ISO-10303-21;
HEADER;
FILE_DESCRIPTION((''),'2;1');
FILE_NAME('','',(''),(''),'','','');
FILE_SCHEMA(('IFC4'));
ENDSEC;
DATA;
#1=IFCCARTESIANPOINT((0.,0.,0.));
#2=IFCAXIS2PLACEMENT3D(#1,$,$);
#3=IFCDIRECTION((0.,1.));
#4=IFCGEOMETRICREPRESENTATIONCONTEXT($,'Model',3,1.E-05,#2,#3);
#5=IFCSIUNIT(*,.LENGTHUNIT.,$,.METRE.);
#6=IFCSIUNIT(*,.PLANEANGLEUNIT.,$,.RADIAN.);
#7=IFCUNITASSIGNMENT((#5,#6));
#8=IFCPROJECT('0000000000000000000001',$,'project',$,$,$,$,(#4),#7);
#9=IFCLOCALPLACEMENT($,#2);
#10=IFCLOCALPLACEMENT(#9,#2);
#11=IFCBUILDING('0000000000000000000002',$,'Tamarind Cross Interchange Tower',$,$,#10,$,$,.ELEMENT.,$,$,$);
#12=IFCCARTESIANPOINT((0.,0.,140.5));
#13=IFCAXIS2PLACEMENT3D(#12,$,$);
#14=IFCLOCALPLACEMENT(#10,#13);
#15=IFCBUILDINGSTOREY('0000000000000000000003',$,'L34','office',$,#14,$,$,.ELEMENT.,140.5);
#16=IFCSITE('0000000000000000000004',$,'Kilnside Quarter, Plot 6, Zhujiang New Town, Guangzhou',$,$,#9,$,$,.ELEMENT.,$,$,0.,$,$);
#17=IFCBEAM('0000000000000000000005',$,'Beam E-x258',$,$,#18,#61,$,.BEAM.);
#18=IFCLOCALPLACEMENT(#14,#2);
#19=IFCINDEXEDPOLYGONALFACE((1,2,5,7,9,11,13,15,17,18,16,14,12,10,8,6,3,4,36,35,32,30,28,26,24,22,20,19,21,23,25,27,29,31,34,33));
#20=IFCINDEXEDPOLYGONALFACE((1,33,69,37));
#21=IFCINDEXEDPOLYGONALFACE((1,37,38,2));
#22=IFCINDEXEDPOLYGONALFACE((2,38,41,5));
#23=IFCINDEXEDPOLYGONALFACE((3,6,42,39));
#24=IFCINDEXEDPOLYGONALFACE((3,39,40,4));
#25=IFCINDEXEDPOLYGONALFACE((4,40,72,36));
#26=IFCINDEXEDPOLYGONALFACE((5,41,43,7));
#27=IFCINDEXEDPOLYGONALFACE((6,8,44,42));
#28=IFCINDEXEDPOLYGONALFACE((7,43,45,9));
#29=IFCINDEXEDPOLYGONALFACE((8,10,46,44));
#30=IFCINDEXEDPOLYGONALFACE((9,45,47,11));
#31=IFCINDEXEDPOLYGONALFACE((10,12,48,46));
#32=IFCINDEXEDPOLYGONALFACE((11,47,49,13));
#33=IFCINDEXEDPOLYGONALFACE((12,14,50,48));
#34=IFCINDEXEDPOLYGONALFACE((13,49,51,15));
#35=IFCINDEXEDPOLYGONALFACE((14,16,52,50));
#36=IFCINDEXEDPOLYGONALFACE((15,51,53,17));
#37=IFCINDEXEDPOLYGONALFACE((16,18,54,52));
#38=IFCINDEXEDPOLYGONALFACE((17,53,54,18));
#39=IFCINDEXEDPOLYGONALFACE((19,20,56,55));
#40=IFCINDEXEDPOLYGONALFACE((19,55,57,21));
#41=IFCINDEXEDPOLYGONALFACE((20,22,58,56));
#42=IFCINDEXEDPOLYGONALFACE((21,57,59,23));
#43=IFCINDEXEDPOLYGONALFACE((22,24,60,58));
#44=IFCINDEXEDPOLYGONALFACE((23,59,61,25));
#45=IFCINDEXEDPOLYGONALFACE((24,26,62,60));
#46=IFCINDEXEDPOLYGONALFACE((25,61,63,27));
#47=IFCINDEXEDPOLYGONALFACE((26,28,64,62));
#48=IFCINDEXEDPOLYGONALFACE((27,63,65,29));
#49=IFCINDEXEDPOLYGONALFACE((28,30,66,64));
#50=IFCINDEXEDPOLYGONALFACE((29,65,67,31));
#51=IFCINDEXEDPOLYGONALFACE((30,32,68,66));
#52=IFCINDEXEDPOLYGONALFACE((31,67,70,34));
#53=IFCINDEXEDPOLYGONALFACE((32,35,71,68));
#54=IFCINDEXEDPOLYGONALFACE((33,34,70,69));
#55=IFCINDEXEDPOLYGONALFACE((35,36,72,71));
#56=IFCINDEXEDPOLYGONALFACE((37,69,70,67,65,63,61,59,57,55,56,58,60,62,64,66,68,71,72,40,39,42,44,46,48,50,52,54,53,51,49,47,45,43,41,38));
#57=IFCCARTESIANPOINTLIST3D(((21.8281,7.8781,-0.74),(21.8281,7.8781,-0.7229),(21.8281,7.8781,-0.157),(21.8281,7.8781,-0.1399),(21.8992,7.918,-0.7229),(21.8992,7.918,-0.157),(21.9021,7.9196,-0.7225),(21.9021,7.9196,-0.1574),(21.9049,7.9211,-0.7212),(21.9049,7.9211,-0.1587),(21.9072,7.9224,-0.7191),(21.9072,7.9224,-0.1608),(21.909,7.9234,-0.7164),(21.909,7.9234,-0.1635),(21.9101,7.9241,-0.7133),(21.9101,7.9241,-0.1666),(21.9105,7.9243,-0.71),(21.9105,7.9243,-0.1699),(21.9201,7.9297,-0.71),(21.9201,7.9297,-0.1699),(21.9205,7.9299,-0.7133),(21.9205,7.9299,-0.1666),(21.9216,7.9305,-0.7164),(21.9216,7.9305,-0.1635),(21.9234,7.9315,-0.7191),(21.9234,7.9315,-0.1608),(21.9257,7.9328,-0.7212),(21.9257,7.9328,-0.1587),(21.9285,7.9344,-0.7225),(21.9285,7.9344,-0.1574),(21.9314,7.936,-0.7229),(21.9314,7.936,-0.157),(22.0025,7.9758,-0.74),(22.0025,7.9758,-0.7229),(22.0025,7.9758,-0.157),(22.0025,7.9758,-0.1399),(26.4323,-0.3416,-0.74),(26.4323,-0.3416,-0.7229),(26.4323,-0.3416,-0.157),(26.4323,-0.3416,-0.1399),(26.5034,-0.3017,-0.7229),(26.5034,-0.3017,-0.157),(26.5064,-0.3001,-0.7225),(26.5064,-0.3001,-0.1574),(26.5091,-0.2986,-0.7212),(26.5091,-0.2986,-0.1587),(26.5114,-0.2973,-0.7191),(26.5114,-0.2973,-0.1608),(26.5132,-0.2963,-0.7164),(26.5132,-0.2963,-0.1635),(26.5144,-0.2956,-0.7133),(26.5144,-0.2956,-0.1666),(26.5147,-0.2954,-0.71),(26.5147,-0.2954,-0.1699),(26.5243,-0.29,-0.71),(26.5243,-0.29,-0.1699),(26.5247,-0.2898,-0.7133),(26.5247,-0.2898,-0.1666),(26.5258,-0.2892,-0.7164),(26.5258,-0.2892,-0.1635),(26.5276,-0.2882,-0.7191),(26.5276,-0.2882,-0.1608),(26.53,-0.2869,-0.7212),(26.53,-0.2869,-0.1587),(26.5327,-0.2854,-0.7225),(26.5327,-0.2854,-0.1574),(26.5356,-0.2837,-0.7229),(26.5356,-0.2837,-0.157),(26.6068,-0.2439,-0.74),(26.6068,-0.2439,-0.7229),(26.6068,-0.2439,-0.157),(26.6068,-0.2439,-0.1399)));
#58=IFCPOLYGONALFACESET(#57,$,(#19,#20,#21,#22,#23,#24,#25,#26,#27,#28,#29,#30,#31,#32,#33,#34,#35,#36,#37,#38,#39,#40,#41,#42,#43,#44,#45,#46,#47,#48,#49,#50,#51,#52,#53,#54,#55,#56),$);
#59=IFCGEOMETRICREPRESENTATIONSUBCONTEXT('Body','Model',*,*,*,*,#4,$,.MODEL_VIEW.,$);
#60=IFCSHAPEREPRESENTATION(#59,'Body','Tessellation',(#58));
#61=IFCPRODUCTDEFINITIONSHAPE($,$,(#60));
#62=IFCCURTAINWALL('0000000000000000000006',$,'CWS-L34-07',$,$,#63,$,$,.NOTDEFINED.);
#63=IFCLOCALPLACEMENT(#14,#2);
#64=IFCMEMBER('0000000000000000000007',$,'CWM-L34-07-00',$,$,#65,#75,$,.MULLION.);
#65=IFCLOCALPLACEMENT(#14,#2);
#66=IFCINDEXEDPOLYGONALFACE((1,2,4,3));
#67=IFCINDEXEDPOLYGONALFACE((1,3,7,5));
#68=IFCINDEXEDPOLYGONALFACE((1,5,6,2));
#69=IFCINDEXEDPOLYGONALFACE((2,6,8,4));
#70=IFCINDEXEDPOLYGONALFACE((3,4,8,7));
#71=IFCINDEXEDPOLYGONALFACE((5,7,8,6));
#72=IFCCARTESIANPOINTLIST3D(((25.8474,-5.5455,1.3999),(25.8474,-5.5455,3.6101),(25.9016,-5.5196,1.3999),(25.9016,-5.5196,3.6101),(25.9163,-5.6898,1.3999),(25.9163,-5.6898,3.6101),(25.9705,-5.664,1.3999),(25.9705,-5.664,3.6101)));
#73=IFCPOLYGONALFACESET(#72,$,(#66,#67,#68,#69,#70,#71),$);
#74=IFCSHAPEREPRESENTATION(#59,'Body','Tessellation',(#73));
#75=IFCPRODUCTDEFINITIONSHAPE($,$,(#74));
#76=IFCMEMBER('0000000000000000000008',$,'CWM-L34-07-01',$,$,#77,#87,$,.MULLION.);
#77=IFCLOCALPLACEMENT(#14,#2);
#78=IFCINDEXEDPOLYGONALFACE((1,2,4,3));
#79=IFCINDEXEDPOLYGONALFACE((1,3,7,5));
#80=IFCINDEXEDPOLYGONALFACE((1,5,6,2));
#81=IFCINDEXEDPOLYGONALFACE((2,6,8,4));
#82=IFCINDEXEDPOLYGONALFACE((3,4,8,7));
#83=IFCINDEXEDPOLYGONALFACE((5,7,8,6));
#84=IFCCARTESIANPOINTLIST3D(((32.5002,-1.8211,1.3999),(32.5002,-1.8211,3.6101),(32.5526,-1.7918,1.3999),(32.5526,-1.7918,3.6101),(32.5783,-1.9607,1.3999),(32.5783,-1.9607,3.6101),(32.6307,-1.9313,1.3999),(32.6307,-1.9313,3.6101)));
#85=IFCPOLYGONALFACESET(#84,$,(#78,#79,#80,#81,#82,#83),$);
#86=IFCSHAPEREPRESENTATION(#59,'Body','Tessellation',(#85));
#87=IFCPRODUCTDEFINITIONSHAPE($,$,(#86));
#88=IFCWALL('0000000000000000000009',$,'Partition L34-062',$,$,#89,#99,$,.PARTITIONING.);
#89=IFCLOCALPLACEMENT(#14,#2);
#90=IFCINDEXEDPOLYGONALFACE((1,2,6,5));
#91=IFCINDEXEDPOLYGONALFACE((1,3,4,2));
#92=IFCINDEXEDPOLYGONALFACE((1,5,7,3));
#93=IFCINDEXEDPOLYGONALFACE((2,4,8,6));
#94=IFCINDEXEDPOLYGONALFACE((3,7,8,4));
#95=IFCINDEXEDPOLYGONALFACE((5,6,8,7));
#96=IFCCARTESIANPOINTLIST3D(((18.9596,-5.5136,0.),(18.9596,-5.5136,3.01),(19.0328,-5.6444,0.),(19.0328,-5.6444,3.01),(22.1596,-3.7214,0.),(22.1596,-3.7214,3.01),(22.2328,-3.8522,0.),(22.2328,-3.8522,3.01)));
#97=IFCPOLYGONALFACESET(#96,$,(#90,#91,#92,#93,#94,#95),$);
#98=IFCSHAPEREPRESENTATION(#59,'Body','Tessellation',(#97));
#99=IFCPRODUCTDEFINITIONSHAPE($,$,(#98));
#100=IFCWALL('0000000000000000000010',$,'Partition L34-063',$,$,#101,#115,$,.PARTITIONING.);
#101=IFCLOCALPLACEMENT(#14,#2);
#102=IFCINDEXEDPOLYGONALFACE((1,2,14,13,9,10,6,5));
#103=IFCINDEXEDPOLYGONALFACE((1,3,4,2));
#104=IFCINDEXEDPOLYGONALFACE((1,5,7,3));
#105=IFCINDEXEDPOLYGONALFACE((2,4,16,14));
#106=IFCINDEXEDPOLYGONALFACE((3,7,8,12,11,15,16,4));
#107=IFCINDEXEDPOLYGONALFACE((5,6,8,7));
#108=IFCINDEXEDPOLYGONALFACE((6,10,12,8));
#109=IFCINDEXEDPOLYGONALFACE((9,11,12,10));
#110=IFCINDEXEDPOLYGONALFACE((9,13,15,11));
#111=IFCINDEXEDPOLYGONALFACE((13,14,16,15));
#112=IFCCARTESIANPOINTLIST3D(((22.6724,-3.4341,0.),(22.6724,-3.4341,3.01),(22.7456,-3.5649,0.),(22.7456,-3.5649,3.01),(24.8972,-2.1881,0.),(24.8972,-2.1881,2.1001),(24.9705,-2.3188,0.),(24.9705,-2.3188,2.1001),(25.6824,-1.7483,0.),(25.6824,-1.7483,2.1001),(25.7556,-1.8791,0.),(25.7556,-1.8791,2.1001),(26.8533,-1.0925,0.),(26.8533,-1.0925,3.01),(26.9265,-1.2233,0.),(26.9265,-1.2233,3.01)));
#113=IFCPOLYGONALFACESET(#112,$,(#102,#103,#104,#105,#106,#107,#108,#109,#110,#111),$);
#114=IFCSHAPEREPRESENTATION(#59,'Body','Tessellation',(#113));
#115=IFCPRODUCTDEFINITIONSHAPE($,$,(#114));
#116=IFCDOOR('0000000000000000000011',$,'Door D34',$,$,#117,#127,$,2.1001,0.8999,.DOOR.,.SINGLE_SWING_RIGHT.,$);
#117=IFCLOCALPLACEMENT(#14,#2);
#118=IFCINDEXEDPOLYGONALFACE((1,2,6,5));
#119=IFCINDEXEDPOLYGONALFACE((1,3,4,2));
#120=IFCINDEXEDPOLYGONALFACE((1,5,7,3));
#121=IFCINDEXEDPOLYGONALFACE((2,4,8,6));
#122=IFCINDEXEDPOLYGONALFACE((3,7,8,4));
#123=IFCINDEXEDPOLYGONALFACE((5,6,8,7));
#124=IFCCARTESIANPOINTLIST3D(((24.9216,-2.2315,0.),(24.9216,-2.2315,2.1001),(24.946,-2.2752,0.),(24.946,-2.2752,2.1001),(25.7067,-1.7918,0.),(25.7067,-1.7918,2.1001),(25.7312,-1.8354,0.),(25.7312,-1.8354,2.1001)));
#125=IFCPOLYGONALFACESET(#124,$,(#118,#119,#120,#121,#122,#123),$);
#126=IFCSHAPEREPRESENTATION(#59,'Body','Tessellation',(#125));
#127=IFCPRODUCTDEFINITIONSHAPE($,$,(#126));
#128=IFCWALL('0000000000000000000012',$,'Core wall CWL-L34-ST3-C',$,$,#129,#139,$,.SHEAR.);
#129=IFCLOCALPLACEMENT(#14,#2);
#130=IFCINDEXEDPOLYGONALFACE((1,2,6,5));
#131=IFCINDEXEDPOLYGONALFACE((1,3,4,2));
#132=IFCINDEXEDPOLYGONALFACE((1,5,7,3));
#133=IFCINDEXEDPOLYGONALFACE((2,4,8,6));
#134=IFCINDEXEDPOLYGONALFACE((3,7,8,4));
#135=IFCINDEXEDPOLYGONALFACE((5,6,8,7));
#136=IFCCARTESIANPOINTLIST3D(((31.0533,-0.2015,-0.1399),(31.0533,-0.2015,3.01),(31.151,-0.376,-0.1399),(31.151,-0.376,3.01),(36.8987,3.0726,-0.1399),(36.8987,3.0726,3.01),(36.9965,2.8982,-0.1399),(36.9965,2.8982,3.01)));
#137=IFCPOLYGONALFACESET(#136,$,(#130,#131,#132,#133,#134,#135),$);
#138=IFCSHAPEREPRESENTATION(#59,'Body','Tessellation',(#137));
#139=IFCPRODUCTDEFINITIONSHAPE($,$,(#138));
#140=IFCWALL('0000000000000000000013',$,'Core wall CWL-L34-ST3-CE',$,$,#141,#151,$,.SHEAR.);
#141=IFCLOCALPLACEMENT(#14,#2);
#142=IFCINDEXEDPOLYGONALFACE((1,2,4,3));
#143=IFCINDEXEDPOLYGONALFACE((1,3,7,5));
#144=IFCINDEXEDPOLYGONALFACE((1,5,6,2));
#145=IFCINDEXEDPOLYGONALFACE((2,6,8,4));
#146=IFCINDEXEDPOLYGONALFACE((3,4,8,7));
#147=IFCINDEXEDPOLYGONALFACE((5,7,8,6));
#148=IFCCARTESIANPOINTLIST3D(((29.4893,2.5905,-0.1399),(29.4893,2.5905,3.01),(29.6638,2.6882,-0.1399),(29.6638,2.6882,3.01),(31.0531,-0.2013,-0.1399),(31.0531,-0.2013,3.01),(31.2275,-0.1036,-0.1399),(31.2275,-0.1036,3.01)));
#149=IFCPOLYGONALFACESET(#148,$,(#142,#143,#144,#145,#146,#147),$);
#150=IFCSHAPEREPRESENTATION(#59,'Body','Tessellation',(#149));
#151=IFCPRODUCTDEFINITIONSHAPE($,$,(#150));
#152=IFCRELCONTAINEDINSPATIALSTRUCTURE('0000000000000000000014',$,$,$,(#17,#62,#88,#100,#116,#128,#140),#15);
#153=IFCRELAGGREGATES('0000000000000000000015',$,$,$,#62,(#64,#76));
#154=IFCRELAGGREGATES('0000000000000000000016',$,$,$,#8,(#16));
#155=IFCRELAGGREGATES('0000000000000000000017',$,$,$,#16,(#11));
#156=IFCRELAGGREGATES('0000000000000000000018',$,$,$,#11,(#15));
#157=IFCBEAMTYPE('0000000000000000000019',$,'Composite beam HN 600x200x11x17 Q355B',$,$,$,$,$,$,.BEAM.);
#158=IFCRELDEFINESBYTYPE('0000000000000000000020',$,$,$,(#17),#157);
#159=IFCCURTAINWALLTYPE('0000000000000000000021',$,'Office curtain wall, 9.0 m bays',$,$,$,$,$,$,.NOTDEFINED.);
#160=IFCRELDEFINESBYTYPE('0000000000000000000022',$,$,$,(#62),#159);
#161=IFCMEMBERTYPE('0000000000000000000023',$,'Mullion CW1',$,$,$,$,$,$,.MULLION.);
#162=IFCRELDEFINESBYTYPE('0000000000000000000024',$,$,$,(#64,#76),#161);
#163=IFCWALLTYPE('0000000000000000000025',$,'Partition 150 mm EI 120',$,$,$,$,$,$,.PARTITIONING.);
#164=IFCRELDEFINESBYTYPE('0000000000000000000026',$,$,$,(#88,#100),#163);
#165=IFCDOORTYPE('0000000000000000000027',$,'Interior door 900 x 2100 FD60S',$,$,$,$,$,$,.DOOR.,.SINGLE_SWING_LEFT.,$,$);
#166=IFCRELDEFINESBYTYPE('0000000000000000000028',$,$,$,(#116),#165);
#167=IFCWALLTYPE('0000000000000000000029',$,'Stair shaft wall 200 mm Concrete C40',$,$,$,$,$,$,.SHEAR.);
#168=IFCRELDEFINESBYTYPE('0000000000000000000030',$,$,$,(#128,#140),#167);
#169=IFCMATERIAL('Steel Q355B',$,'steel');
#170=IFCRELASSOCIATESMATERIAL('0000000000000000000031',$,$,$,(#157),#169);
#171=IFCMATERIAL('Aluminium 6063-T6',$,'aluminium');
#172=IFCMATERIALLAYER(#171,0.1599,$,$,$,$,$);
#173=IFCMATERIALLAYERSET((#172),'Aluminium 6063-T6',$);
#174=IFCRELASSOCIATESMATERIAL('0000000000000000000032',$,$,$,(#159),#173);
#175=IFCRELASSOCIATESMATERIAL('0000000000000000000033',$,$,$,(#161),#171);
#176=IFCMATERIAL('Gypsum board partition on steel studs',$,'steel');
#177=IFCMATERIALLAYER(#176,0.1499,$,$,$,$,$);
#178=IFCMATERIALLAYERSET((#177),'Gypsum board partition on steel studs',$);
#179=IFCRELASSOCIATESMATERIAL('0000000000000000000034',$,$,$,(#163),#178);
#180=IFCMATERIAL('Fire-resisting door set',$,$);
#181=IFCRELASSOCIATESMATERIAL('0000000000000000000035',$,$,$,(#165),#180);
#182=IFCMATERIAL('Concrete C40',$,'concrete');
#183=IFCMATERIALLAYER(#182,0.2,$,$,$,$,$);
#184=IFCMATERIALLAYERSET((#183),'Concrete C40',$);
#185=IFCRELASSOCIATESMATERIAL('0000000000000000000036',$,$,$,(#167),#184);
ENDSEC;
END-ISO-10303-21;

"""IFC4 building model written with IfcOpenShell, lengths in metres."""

from ifc_helpers import new_model, si_unit, direction, frame, frame_2d, origin, origin_2d, place, context, subcontext, project, spatial, rectangle, i_section, extrude, material, layer, layer_set, material_profile, profile_set, type_object, element, fill, aggregate, save


model = new_model("IFC4")

# Units and contexts
model_context = context("Model", 3, precision=1e-05, world=origin(), true_north=direction((0.0, 1.0)))
body_context = subcontext(model_context, "Body", "Model", "MODEL_VIEW")
ifc_project = project(units=[si_unit("LENGTHUNIT", "METRE"), si_unit("PLANEANGLEUNIT", "RADIAN")], contexts=[model_context])

# Site, building, storey
site_placement = place(None, origin())
site = spatial("IfcSite", under=ifc_project, at=site_placement, Name="Kilnside Quarter, Plot 6, Zhujiang New Town, Guangzhou", CompositionType="ELEMENT", RefElevation=0.0)
building_placement = place(site_placement, origin())
building = spatial("IfcBuilding", under=site, at=building_placement, Name="Tamarind Cross Interchange Tower", CompositionType="ELEMENT")
storey_placement = place(building_placement, frame((0.0, 0.0, 140.5)))
storey = spatial("IfcBuildingStorey", under=building, at=storey_placement, Name="L34", Description="office", CompositionType="ELEMENT", Elevation=140.5)

# Beam
ifc_material_1 = material(Name="Steel Q355B", Category="steel")
ifc_material_profile_1 = material_profile(ifc_material_1, i_section(OverallWidth=0.2, OverallDepth=0.6001, WebThickness=0.011, FlangeThickness=0.0171, FilletRadius=0.0129, at=origin_2d()), Name="HN 600x200x11x17")
ifc_profile_set_1 = profile_set([ifc_material_profile_1], Name="Steel Q355B")
beam_type_1 = type_object("IfcBeamType", Name="Composite beam HN 600x200x11x17 Q355B", PredefinedType="BEAM", material=ifc_profile_set_1)
beam_1_placement = place(storey_placement, frame((26.5195, -0.2927, -0.4399), z_axis=(-0.4887, 0.872452, 0.0), x_axis=(-0.872452, -0.4887, 0.0)))
element("IfcBeam", 1, at=beam_1_placement, inside=storey, type_object=beam_type_1, Name="Beam E-x258", PredefinedType="BEAM", context=body_context, shape_type="SweptSolid", body=[
    extrude(i_section(OverallWidth=0.2, OverallDepth=0.6001, WebThickness=0.011, FlangeThickness=0.0171, FilletRadius=0.0129, at=origin_2d()), origin(), (0.0, 0.0, 1.0), 9.4214),
])

# Curtain wall, members
ifc_material_2 = material(Name="Aluminium 6063-T6", Category="aluminium")
ifc_layer_1 = layer(ifc_material_2, 0.1599)
ifc_layer_set_1 = layer_set([ifc_layer_1], Name="Aluminium 6063-T6")
curtain_wall_type = type_object("IfcCurtainWallType", Name="Office curtain wall, 9.0 m bays", PredefinedType="NOTDEFINED", material=ifc_layer_set_1)
curtain_wall_placement = place(storey_placement, origin())
curtain_wall = element("IfcCurtainWall", 2, at=curtain_wall_placement, inside=storey, type_object=curtain_wall_type, Name="CWS-L34-07", PredefinedType="NOTDEFINED")
ifc_material_profile_2 = material_profile(ifc_material_2, rectangle(XDim=0.0601, YDim=0.1599, at=origin_2d()), Name="Mullion CW1")
ifc_profile_set_2 = profile_set([ifc_material_profile_2], Name="Aluminium 6063-T6")
member_type = type_object("IfcMemberType", Name="Mullion CW1", PredefinedType="MULLION", material=ifc_profile_set_2)
member_1_placement = place(storey_placement, frame((25.9089, -5.6047, 1.3999), z_axis=(0.0, 0.0, 1.0), x_axis=(0.902552, 0.43058, 0.0)))
member_1 = element("IfcMember", 3, at=member_1_placement, type_object=member_type, Name="CWM-L34-07-00", PredefinedType="MULLION", context=body_context, shape_type="SweptSolid", body=[
    extrude(rectangle(XDim=0.0601, YDim=0.1599, at=origin_2d()), origin(), (0.0, 0.0, 1.0), 2.2102),
])
member_2_placement = place(storey_placement, frame((32.5654, -1.8762, 1.3999), z_axis=(0.0, 0.0, 1.0), x_axis=(0.872458, 0.488688, 0.0)))
member_2 = element("IfcMember", 4, at=member_2_placement, type_object=member_type, Name="CWM-L34-07-01", PredefinedType="MULLION", context=body_context, shape_type="SweptSolid", body=[
    extrude(rectangle(XDim=0.0601, YDim=0.1599, at=origin_2d()), origin(), (0.0, 0.0, 1.0), 2.2102),
])
aggregate(curtain_wall, [member_1, member_2])

# Wall
ifc_material_3 = material(Name="Gypsum board partition on steel studs", Category="steel")
ifc_layer_2 = layer(ifc_material_3, 0.1499)
ifc_layer_set_2 = layer_set([ifc_layer_2], Name="Gypsum board partition on steel studs")
wall_type_1 = type_object("IfcWallType", Name="Partition 150 mm EI 120", PredefinedType="PARTITIONING", material=ifc_layer_set_2)
wall_1_placement = place(storey_placement, frame((18.9961, -5.5791, 0.0), z_axis=(0.0, 0.0, 1.0), x_axis=(0.872475, 0.488658, 0.0)))
element("IfcWall", 5, at=wall_1_placement, inside=storey, type_object=wall_type_1, Name="Partition L34-062", PredefinedType="PARTITIONING", context=body_context, shape_type="SweptSolid", body=[
    extrude(rectangle(XDim=3.6677, YDim=0.1499, at=frame_2d((1.834, 0.0))), origin(), (0.0, 0.0, 1.0), 3.01),
])

# Wall, opening, door
wall_2_placement = place(storey_placement, frame((22.709, -3.4995, 0.0), z_axis=(0.0, 0.0, 1.0), x_axis=(0.872484, 0.488642, 0.0)))
wall_2 = element("IfcWall", 6, at=wall_2_placement, inside=storey, type_object=wall_type_1, Name="Partition L34-063", PredefinedType="PARTITIONING", context=body_context, shape_type="SweptSolid", body=[
    extrude(rectangle(XDim=4.792, YDim=0.1499, at=frame_2d((2.396, 0.0))), origin(), (0.0, 0.0, 1.0), 3.01),
])
opening_placement = place(wall_2_placement, frame((2.55, 0.0, 0.0)))
opening = element("IfcOpeningElement", 7, at=opening_placement, cuts=wall_2, PredefinedType="OPENING", context=body_context, shape_type="SweptSolid", body=[
    extrude(rectangle(XDim=0.8999, YDim=2.1001, at=frame_2d((0.45, 1.05))), frame((0.0, 0.085, 0.0), z_axis=(0.0, -1.0, 0.0), x_axis=(1.0, 0.0, 0.0)), (0.0, 0.0, 1.0), 0.1699),
])
ifc_material_4 = material(Name="Fire-resisting door set")
door_type = type_object("IfcDoorType", Name="Interior door 900 x 2100 FD60S", OperationType="SINGLE_SWING_LEFT", PredefinedType="DOOR", material=ifc_material_4)
door_placement = place(opening_placement, frame((0.8999, 0.0, 0.0), z_axis=(0.0, 0.0, 1.0), x_axis=(-1.0, 0.0, 0.0)))
door = element("IfcDoor", 8, at=door_placement, inside=storey, type_object=door_type, Name="Door D34", OperationType="SINGLE_SWING_RIGHT", OverallHeight=2.1001, OverallWidth=0.8999, PredefinedType="DOOR", context=body_context, shape_type="SweptSolid", body=[
    extrude(rectangle(XDim=0.8999, YDim=2.1001, at=frame_2d((0.45, 1.05))), frame((0.0, 0.0249, 0.0), z_axis=(0.0, -1.0, 0.0), x_axis=(1.0, 0.0, 0.0)), (0.0, 0.0, 1.0), 0.05),
])
fill(opening, door)

# Walls
ifc_material_5 = material(Name="Concrete C40", Category="concrete")
ifc_layer_3 = layer(ifc_material_5, 0.2)
ifc_layer_set_3 = layer_set([ifc_layer_3], Name="Concrete C40")
wall_type_2 = type_object("IfcWallType", Name="Stair shaft wall 200 mm Concrete C40", PredefinedType="SHEAR", material=ifc_layer_set_3)
wall_3_placement = place(storey_placement, frame((31.1021, -0.2888, -0.1399), z_axis=(0.0, 0.0, 1.0), x_axis=(0.872461, 0.488684, 0.0)))
element("IfcWall", 9, at=wall_3_placement, inside=storey, type_object=wall_type_2, Name="Core wall CWL-L34-ST3-C", PredefinedType="SHEAR", context=body_context, shape_type="SweptSolid", body=[
    extrude(rectangle(XDim=6.7, YDim=0.2, at=frame_2d((3.3501, 0.0))), origin(), (0.0, 0.0, 1.0), 3.1499),
])
wall_4_placement = place(storey_placement, frame((31.1404, -0.1526, -0.1399), z_axis=(0.0, 0.0, 1.0), x_axis=(-0.488685, 0.87246, 0.0)))
element("IfcWall", 10, at=wall_4_placement, inside=storey, type_object=wall_type_2, Name="Core wall CWL-L34-ST3-CE", PredefinedType="SHEAR", context=body_context, shape_type="SweptSolid", body=[
    extrude(rectangle(XDim=3.2, YDim=0.2, at=frame_2d((1.6001, 0.0))), origin(), (0.0, 0.0, 1.0), 3.1499),
])

save(model, "model.ifc")
